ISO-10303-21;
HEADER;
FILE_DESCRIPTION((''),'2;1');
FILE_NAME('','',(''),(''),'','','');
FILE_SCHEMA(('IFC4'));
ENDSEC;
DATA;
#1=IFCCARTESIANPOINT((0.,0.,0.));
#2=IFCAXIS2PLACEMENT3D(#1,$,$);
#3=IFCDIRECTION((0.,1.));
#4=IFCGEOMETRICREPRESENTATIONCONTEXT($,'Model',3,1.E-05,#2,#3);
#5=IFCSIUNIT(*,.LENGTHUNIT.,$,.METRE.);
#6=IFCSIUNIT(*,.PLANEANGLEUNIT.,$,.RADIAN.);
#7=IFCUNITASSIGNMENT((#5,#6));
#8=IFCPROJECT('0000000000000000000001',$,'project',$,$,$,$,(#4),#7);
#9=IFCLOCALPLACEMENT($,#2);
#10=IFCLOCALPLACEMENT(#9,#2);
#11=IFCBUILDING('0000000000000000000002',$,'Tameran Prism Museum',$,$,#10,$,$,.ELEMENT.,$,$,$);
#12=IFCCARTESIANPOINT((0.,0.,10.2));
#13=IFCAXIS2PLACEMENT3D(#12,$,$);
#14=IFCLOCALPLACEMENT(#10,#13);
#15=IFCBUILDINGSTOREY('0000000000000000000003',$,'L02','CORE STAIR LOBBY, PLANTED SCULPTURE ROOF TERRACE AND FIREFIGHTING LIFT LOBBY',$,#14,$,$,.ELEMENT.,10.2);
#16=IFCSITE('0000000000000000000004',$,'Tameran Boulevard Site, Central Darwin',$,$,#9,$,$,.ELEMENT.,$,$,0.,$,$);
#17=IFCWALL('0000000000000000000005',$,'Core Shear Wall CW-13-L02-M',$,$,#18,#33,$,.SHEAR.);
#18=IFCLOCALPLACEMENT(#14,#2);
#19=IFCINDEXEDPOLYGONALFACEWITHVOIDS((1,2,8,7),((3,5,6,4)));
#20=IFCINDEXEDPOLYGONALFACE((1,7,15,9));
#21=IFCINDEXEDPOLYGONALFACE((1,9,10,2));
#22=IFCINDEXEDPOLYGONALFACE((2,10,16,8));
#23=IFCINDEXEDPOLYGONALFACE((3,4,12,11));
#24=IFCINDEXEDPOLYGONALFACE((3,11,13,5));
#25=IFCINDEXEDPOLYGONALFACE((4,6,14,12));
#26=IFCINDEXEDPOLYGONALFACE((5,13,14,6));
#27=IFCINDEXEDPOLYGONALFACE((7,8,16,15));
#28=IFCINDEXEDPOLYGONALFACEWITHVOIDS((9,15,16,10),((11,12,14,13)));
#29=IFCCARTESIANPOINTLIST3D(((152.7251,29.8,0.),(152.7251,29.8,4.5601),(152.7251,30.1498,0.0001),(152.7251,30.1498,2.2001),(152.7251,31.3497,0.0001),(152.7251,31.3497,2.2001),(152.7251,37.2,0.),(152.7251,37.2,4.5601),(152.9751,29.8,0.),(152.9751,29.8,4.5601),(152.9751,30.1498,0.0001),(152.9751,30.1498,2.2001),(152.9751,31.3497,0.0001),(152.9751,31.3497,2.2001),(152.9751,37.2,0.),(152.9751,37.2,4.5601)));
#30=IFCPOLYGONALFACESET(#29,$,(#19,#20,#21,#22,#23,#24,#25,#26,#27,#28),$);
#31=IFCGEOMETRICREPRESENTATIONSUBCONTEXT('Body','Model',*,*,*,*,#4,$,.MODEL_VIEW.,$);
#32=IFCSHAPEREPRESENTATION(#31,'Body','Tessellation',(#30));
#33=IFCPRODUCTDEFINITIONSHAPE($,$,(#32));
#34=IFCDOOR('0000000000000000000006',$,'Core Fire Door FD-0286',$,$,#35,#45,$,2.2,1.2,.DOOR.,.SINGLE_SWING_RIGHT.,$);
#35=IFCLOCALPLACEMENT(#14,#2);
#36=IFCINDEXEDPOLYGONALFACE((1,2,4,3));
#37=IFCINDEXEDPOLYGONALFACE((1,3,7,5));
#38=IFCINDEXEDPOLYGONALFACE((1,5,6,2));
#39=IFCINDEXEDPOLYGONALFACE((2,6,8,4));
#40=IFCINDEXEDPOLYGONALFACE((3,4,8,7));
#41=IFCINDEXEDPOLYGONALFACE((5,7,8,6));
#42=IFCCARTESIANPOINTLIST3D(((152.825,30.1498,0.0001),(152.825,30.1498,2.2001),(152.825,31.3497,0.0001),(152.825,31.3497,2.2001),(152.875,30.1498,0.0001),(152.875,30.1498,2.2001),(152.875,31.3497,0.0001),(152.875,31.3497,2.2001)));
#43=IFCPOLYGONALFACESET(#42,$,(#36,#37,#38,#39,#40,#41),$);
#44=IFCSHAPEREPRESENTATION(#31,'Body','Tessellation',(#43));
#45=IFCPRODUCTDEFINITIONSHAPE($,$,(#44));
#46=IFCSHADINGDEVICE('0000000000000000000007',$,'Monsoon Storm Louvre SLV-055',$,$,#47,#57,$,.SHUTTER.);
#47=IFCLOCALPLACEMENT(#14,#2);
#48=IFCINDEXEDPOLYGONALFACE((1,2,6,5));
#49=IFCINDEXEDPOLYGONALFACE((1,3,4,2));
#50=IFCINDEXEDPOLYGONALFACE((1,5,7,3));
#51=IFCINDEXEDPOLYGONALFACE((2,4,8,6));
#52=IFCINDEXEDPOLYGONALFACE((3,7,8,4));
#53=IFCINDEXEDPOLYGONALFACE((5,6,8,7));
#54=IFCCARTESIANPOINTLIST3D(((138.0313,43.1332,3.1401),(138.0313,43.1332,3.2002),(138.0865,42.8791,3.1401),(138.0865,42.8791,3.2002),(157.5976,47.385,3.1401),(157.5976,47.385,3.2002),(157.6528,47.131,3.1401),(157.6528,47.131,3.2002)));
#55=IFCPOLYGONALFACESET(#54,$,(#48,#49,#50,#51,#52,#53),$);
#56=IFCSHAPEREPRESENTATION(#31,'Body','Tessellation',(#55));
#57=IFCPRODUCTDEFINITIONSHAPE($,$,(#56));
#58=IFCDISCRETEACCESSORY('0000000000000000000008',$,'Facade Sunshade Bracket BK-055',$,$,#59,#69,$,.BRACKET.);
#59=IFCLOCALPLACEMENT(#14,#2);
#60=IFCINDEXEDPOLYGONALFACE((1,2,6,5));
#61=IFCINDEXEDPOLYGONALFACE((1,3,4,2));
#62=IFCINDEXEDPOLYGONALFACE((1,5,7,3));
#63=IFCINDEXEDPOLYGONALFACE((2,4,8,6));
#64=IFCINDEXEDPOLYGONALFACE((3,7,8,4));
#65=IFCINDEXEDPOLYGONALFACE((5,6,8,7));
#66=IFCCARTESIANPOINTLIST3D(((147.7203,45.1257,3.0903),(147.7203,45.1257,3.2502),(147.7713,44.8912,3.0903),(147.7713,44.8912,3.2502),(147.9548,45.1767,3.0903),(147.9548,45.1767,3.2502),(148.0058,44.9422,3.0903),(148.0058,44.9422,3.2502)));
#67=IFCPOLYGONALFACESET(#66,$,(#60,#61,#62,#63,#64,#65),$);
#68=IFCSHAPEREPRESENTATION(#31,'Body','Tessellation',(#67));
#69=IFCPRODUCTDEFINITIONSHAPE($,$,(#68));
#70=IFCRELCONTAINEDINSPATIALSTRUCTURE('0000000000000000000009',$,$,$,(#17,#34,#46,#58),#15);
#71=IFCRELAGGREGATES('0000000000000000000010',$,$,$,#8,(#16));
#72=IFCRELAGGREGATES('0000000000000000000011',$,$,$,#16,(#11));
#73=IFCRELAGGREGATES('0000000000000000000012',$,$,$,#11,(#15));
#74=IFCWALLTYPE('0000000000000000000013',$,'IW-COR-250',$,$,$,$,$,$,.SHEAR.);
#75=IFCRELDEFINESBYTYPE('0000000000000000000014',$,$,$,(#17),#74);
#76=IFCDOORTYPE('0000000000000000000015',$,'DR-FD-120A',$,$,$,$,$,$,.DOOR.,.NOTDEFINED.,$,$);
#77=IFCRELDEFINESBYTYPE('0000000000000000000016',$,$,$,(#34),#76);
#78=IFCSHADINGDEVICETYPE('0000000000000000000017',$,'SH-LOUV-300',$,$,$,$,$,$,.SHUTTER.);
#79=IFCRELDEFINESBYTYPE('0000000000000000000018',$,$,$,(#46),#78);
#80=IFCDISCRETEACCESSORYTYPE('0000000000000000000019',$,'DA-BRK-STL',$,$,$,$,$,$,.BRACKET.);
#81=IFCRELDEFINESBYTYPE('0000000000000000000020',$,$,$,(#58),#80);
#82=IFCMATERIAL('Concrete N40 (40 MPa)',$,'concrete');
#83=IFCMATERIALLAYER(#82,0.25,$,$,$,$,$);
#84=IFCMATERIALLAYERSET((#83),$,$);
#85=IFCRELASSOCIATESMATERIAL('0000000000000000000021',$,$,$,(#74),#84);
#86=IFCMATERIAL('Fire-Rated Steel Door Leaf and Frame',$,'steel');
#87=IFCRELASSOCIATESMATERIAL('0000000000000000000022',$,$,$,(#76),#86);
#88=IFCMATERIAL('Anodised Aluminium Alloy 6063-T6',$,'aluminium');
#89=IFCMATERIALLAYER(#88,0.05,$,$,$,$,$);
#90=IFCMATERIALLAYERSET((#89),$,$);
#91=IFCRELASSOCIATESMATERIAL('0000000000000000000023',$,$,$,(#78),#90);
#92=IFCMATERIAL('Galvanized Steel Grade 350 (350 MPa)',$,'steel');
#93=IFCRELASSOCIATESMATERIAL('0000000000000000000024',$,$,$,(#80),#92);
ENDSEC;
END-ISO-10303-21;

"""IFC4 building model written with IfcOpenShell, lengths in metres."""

from ifc_helpers import new_model, si_unit, direction, frame, frame_2d, origin, origin_2d, place, context, subcontext, project, spatial, rectangle, extrude, material, layer, layer_set, type_object, element, fill, save


model = new_model("IFC4")

# Units and contexts
model_context = context("Model", 3, precision=1e-05, world=origin(), true_north=direction((0.0, 1.0)))
body_context = subcontext(model_context, "Body", "Model", "MODEL_VIEW")
ifc_project = project(units=[si_unit("LENGTHUNIT", "METRE"), si_unit("PLANEANGLEUNIT", "RADIAN")], contexts=[model_context])

# Site, building, storey
site_placement = place(None, origin())
site = spatial("IfcSite", under=ifc_project, at=site_placement, Name="Tameran Boulevard Site, Central Darwin", CompositionType="ELEMENT", RefElevation=0.0)
building_placement = place(site_placement, origin())
building = spatial("IfcBuilding", under=site, at=building_placement, Name="Tameran Prism Museum", CompositionType="ELEMENT")
storey_placement = place(building_placement, frame((0.0, 0.0, 10.2)))
storey = spatial("IfcBuildingStorey", under=building, at=storey_placement, Name="L02", Description="CORE STAIR LOBBY, PLANTED SCULPTURE ROOF TERRACE AND FIREFIGHTING LIFT LOBBY", CompositionType="ELEMENT", Elevation=10.2)

# Shared definitions
ifc_material_1 = material(Name="Concrete N40 (40 MPa)", Category="concrete")
ifc_layer_1 = layer(ifc_material_1, 0.25)
ifc_layer_set_1 = layer_set([ifc_layer_1])
wall_type = type_object("IfcWallType", Name="IW-COR-250", PredefinedType="SHEAR", material=ifc_layer_set_1)

# Wall, opening, door
wall_1_placement = place(storey_placement, frame((152.8501, 37.2, 0.0), z_axis=(0.0, 0.0, 1.0), x_axis=(0.0, -1.0, 0.0)))
wall_1 = element("IfcWall", 1, at=wall_1_placement, inside=storey, type_object=wall_type, Name="Core Shear Wall CW-13-L02-M", PredefinedType="SHEAR", context=body_context, shape_type="SweptSolid", body=[
    extrude(rectangle(XDim=7.3999, YDim=0.25, at=frame_2d((3.7, 0.0))), origin(), (0.0, 0.0, 1.0), 4.5601),
])
opening_placement = place(wall_1_placement, frame((5.8501, 0.0, 0.0)))
opening = element("IfcOpeningElement", 2, at=opening_placement, cuts=wall_1, PredefinedType="OPENING", context=body_context, shape_type="SweptSolid", body=[
    extrude(rectangle(XDim=1.2, YDim=2.2, at=frame_2d((0.6001, 1.1001))), frame((0.0, 0.135, 0.0), z_axis=(0.0, -1.0, 0.0), x_axis=(1.0, 0.0, 0.0)), (0.0, 0.0, 1.0), 0.27),
])
ifc_material_2 = material(Name="Fire-Rated Steel Door Leaf and Frame", Category="steel")
door_type = type_object("IfcDoorType", Name="DR-FD-120A", OperationType="NOTDEFINED", PredefinedType="DOOR", material=ifc_material_2)
door_placement = place(opening_placement, origin())
door = element("IfcDoor", 3, at=door_placement, inside=storey, type_object=door_type, Name="Core Fire Door FD-0286", OperationType="SINGLE_SWING_RIGHT", OverallHeight=2.2, OverallWidth=1.2, PredefinedType="DOOR", context=body_context, shape_type="SweptSolid", body=[
    extrude(rectangle(XDim=1.2, YDim=2.2, at=frame_2d((0.6001, 1.1001))), frame((0.0, 0.0249, 0.0), z_axis=(0.0, -1.0, 0.0), x_axis=(1.0, 0.0, 0.0)), (0.0, 0.0, 1.0), 0.05),
])
fill(opening, door)

# Shading device
ifc_material_3 = material(Name="Anodised Aluminium Alloy 6063-T6", Category="aluminium")
ifc_layer_2 = layer(ifc_material_3, 0.05)
ifc_layer_set_2 = layer_set([ifc_layer_2])
shading_device_type = type_object("IfcShadingDeviceType", Name="SH-LOUV-300", PredefinedType="SHUTTER", material=ifc_layer_set_2)
shading_device_placement = place(storey_placement, frame((147.842, 45.1321, 3.1401), z_axis=(0.0, 0.0, 1.0), x_axis=(0.977194, 0.212348, 0.0)))
element("IfcShadingDevice", 4, at=shading_device_placement, inside=storey, type_object=shading_device_type, Name="Monsoon Storm Louvre SLV-055", PredefinedType="SHUTTER", context=body_context, shape_type="SweptSolid", body=[
    extrude(rectangle(XDim=20.0229, YDim=0.26, at=origin_2d()), origin(), (0.0, 0.0, 1.0), 0.0601),
])

# Discrete accessory
ifc_material_4 = material(Name="Galvanized Steel Grade 350 (350 MPa)", Category="steel")
discrete_accessory_type = type_object("IfcDiscreteAccessoryType", Name="DA-BRK-STL", PredefinedType="BRACKET", material=ifc_material_4)
discrete_accessory_placement = place(storey_placement, frame((147.863, 45.0339, 3.0903), z_axis=(0.0, 0.0, 1.0), x_axis=(0.977194, 0.212348, 0.0)))
element("IfcDiscreteAccessory", 5, at=discrete_accessory_placement, inside=storey, type_object=discrete_accessory_type, Name="Facade Sunshade Bracket BK-055", PredefinedType="BRACKET", context=body_context, shape_type="SweptSolid", body=[
    extrude(rectangle(XDim=0.24, YDim=0.24, at=origin_2d()), origin(), (0.0, 0.0, 1.0), 0.1599),
])

save(model, "model.ifc")
